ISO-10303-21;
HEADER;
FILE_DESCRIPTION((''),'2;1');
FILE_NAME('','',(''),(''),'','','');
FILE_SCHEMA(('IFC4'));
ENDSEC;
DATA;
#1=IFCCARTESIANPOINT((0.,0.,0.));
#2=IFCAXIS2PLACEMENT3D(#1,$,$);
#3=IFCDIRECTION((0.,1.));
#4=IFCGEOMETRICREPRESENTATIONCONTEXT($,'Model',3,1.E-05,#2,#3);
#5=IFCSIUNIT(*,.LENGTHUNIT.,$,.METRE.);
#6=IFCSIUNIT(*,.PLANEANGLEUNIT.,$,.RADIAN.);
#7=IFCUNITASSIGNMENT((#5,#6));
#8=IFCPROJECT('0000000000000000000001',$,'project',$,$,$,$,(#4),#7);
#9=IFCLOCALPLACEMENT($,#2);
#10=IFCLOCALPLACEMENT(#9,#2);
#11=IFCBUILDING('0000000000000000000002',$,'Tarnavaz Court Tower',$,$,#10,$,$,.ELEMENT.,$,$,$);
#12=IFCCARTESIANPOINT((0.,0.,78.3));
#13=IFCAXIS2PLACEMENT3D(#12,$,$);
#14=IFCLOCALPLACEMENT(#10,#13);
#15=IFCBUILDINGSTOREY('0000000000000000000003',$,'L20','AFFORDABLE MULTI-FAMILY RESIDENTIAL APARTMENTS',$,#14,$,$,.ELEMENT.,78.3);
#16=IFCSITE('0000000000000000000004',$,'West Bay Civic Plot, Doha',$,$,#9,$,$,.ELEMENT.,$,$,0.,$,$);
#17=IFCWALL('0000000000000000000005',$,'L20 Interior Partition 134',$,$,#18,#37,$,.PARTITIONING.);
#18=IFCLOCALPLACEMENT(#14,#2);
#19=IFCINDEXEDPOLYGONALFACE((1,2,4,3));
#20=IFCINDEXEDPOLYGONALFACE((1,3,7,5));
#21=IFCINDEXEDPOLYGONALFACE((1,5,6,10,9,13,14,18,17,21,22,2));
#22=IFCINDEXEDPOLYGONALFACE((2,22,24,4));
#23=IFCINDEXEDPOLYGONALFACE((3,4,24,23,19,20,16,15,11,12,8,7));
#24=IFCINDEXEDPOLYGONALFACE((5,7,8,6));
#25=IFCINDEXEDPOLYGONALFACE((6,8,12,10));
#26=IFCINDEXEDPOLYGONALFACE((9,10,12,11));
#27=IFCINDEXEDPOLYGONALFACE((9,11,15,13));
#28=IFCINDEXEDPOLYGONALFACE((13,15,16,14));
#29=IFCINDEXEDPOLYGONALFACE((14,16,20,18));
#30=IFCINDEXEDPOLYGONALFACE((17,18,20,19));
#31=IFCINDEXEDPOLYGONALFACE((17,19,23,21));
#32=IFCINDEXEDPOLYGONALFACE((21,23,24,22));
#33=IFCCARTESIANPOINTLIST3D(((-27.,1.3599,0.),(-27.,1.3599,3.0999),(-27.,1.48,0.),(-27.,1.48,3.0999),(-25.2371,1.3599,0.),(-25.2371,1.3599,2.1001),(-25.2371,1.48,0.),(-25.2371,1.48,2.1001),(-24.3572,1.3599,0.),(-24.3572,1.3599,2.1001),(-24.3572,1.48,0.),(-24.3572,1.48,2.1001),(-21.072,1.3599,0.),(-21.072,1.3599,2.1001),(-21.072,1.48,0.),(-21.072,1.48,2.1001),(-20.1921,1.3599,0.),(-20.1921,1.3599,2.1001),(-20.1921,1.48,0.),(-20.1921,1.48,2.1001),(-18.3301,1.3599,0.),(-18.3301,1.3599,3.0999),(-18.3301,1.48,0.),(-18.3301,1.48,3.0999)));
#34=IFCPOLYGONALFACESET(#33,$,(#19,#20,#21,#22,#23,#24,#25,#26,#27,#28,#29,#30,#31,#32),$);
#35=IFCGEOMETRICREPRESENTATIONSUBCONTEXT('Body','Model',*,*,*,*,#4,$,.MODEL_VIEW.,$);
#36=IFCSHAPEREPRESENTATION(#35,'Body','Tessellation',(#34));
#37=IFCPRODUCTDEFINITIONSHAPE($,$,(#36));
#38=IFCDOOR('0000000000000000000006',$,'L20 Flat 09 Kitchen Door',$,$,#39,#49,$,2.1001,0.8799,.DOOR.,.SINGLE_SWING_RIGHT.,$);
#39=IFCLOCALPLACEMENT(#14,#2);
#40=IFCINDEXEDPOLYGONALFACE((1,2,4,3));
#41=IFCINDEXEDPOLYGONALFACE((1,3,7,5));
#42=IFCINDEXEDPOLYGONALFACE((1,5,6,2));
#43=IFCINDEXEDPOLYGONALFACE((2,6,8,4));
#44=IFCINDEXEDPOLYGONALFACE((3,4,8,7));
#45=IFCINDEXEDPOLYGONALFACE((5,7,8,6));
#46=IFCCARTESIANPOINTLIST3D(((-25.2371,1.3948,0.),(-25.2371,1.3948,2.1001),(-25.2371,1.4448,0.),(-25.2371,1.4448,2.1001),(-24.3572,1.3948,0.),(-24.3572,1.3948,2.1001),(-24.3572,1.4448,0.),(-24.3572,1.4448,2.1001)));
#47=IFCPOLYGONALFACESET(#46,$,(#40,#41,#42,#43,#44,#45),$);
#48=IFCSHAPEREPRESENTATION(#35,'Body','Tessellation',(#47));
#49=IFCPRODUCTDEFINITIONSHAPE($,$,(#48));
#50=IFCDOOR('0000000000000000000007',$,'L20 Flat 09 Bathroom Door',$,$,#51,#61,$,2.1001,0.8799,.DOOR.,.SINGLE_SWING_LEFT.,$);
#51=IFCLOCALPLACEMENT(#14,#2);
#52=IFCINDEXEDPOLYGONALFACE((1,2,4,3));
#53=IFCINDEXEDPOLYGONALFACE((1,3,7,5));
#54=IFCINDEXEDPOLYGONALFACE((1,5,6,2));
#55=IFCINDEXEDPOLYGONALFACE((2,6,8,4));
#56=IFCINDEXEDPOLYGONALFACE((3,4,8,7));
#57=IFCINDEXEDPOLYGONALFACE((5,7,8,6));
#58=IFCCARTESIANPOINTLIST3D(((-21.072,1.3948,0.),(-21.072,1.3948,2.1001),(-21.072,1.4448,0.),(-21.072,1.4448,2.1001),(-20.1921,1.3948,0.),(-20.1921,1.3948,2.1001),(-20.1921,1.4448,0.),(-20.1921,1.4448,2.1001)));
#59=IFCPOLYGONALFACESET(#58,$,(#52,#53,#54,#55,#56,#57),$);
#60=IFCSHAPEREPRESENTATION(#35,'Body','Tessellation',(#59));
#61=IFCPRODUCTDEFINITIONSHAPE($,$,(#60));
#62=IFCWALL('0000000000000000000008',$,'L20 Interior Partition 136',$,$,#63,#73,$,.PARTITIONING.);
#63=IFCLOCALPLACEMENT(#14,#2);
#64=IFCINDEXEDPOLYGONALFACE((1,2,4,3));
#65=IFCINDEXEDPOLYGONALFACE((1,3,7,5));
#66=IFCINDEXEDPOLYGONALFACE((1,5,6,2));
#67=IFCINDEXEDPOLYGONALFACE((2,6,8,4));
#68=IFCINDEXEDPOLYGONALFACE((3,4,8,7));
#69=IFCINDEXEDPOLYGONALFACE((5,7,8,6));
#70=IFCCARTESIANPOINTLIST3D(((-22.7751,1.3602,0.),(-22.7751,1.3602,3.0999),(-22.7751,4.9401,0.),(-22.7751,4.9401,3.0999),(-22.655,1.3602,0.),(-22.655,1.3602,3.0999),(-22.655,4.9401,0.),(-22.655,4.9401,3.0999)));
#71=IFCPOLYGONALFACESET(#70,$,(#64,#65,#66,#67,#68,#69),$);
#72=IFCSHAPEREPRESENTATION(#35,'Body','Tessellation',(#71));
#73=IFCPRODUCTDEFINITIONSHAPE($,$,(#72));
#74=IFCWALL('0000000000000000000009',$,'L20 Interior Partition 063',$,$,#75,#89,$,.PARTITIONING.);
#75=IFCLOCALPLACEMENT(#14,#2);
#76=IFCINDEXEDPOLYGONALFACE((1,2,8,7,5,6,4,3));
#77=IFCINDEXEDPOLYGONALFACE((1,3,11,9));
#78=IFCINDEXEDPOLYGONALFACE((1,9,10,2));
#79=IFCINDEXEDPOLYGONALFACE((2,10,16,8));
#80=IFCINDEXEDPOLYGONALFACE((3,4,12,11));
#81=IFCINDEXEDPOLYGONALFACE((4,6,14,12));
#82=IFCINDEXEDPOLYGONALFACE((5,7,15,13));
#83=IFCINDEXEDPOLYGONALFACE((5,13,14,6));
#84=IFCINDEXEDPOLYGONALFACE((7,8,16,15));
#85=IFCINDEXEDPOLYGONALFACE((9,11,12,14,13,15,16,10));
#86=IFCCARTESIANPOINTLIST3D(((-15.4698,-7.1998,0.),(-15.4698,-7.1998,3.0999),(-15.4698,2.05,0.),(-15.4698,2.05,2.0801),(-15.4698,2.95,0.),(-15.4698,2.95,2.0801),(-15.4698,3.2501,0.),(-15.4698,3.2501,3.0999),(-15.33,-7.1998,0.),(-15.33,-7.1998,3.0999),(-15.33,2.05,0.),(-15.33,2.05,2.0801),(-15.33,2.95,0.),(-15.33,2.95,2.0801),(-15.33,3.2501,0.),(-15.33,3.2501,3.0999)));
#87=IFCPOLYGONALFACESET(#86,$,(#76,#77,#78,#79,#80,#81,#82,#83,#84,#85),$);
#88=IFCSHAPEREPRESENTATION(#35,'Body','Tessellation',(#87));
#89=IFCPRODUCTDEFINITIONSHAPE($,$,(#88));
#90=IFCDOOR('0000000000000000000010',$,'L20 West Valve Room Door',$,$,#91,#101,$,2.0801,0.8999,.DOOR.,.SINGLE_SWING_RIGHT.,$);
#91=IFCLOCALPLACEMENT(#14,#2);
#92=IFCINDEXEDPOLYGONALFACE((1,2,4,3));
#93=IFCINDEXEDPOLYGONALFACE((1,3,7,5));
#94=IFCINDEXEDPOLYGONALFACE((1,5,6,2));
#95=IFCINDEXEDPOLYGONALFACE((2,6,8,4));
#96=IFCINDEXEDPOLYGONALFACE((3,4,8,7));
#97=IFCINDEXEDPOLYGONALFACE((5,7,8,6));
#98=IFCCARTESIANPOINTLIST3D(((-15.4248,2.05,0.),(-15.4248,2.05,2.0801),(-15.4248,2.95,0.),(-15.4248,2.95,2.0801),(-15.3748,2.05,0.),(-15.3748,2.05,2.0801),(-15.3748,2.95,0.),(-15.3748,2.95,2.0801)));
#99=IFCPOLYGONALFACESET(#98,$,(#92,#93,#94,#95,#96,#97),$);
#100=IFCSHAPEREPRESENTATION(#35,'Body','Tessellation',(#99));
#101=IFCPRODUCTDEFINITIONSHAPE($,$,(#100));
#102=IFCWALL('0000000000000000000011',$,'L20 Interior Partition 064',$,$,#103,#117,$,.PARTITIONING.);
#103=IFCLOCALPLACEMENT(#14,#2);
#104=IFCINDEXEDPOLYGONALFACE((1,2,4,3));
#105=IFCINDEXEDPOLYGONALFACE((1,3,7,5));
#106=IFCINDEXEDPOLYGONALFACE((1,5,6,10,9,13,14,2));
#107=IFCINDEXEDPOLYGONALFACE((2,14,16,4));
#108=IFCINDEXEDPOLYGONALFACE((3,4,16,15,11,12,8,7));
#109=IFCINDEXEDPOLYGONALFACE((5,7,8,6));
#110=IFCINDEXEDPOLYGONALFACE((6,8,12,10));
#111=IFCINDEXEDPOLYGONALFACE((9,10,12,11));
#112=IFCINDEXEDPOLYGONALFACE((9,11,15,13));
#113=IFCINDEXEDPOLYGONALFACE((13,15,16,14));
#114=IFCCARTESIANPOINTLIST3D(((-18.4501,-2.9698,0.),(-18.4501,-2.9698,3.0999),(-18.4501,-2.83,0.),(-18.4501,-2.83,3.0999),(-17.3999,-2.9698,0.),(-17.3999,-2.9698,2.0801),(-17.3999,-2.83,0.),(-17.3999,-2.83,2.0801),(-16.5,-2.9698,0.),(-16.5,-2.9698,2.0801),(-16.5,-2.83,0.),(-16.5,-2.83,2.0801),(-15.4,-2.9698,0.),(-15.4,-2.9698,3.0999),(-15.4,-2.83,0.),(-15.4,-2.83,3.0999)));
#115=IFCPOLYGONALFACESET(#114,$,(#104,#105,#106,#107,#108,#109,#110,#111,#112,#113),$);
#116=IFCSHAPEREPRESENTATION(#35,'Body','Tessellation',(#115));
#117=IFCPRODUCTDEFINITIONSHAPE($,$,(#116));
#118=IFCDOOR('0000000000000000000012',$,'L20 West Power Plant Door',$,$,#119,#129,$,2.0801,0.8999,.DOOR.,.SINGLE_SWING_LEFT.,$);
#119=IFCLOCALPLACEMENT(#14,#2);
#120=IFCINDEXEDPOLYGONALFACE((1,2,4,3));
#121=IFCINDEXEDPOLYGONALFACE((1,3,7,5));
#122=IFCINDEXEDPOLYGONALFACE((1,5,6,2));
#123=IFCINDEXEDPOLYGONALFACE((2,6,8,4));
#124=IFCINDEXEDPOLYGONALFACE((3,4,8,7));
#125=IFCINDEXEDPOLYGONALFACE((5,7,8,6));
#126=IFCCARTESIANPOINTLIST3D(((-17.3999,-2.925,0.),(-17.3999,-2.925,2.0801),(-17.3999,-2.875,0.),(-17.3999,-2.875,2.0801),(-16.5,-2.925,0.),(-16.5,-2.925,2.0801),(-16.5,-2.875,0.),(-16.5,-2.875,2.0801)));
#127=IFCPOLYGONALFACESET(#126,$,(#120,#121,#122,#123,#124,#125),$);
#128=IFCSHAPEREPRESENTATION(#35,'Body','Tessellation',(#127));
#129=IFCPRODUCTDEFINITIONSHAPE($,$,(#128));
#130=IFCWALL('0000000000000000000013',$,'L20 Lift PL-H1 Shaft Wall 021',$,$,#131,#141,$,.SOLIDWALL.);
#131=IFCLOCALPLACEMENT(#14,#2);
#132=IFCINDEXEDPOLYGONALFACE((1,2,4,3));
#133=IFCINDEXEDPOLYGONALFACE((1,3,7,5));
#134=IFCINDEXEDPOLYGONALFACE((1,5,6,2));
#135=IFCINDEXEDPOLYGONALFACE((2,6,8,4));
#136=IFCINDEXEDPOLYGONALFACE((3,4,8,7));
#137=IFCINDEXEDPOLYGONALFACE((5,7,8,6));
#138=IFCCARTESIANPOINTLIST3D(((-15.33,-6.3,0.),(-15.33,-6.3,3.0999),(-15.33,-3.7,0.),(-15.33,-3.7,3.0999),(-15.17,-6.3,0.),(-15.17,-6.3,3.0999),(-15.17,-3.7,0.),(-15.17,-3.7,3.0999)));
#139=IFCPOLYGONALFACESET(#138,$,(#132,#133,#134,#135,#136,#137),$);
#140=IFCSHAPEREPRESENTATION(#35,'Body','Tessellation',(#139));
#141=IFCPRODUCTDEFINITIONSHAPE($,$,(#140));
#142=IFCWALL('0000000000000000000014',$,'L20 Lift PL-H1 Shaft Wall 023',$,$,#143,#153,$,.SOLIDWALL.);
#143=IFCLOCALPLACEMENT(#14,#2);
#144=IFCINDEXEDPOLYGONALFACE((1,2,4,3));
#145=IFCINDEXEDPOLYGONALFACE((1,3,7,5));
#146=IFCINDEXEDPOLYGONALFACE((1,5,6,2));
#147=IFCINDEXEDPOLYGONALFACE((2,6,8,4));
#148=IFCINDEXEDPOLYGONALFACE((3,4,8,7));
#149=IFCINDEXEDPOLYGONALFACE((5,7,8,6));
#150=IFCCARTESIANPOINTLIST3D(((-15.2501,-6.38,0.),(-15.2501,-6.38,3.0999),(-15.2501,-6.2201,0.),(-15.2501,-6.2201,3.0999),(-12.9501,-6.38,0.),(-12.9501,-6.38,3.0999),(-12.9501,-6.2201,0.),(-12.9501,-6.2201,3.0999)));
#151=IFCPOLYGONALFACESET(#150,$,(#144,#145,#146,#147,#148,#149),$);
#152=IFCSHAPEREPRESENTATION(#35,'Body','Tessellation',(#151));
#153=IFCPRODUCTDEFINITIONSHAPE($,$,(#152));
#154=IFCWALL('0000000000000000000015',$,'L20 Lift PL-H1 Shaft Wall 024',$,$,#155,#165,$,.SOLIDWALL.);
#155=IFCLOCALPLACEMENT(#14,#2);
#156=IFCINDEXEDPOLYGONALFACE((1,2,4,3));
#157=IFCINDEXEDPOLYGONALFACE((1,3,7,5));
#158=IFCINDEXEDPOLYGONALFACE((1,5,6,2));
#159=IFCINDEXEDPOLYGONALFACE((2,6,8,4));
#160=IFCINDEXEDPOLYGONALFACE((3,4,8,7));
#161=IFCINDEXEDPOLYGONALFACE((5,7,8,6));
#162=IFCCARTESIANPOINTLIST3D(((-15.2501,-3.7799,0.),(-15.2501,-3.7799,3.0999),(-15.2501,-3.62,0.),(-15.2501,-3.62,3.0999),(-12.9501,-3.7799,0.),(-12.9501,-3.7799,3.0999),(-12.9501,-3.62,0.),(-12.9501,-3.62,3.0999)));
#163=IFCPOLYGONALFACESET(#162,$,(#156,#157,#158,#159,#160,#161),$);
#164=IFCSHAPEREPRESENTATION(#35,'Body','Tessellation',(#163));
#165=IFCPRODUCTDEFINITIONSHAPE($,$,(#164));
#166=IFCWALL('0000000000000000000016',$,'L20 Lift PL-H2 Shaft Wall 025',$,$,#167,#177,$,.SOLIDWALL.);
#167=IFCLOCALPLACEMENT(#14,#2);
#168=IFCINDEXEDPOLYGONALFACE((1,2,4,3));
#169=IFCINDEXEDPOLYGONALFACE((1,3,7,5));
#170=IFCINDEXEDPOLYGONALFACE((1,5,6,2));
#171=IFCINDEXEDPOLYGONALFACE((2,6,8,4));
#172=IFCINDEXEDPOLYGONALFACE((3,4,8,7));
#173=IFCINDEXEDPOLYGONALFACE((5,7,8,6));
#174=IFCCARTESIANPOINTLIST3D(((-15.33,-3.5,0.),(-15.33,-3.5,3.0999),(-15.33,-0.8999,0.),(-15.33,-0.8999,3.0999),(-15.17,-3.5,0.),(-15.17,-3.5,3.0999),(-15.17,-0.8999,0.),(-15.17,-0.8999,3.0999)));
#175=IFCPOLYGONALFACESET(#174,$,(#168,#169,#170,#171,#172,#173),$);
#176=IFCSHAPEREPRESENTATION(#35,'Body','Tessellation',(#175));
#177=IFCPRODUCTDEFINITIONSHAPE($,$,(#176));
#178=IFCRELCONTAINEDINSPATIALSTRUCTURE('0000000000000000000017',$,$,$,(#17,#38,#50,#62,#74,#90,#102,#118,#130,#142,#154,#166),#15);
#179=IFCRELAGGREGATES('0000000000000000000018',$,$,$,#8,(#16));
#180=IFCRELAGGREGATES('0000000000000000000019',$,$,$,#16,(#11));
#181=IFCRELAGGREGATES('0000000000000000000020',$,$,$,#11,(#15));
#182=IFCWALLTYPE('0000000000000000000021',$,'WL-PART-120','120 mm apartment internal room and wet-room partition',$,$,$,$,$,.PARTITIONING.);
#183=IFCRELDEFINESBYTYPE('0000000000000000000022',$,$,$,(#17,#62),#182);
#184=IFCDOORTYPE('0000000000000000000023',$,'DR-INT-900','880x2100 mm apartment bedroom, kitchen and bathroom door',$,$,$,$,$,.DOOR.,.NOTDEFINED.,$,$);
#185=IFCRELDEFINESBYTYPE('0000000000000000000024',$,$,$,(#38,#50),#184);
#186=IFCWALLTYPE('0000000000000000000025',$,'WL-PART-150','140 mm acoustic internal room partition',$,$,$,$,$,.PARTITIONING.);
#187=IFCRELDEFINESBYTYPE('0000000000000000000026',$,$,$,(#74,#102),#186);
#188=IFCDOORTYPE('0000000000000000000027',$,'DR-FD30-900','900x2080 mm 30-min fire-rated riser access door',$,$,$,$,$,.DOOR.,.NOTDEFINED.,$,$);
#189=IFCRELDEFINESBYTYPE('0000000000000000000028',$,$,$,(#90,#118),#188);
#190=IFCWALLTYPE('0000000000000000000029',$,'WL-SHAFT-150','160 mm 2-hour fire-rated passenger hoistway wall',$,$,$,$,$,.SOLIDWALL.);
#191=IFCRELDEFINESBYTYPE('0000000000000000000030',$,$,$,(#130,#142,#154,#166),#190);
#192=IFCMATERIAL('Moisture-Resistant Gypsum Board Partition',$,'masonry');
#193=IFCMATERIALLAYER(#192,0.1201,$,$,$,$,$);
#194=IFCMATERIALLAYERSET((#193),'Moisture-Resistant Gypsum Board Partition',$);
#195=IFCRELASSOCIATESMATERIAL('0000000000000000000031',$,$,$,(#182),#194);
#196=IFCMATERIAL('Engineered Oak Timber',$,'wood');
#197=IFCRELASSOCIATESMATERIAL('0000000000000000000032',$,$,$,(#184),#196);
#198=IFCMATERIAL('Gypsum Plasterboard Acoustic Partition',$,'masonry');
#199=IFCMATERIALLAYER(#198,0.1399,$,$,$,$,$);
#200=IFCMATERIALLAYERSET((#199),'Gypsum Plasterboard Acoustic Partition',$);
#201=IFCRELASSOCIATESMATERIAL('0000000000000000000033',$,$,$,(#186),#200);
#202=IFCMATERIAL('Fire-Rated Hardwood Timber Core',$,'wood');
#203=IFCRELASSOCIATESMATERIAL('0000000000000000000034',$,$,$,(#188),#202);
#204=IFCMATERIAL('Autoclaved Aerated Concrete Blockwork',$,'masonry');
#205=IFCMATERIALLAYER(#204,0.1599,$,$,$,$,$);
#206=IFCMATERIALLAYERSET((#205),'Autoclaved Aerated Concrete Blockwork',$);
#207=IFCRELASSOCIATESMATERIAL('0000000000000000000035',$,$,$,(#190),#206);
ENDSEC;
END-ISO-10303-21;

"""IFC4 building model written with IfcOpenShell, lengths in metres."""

from ifc_helpers import new_model, si_unit, direction, frame, frame_2d, origin, place, context, subcontext, project, spatial, rectangle, extrude, material, layer, layer_set, type_object, element, fill, save


model = new_model("IFC4")

# Units and contexts
model_context = context("Model", 3, precision=1e-05, world=origin(), true_north=direction((0.0, 1.0)))
body_context = subcontext(model_context, "Body", "Model", "MODEL_VIEW")
ifc_project = project(units=[si_unit("LENGTHUNIT", "METRE"), si_unit("PLANEANGLEUNIT", "RADIAN")], contexts=[model_context])

# Site, building, storey
site_placement = place(None, origin())
site = spatial("IfcSite", under=ifc_project, at=site_placement, Name="West Bay Civic Plot, Doha", CompositionType="ELEMENT", RefElevation=0.0)
building_placement = place(site_placement, origin())
building = spatial("IfcBuilding", under=site, at=building_placement, Name="Tarnavaz Court Tower", CompositionType="ELEMENT")
storey_placement = place(building_placement, frame((0.0, 0.0, 78.3)))
storey = spatial("IfcBuildingStorey", under=building, at=storey_placement, Name="L20", Description="AFFORDABLE MULTI-FAMILY RESIDENTIAL APARTMENTS", CompositionType="ELEMENT", Elevation=78.3)

# Shared definitions
ifc_material_1 = material(Name="Fire-Rated Hardwood Timber Core", Category="wood")

# Wall, openings, doors
ifc_material_2 = material(Name="Moisture-Resistant Gypsum Board Partition", Category="masonry")
ifc_layer_1 = layer(ifc_material_2, 0.1201)
ifc_layer_set_1 = layer_set([ifc_layer_1], Name="Moisture-Resistant Gypsum Board Partition")
wall_type_1 = type_object("IfcWallType", Name="WL-PART-120", Description="120 mm apartment internal room and wet-room partition", PredefinedType="PARTITIONING", material=ifc_layer_set_1)
wall_1_placement = place(storey_placement, frame((-27.0, 1.4199, 0.0), z_axis=(0.0, 0.0, 1.0), x_axis=(1.0, 0.0, 0.0)))
wall_1 = element("IfcWall", 1, at=wall_1_placement, inside=storey, type_object=wall_type_1, Name="L20 Interior Partition 134", PredefinedType="PARTITIONING", context=body_context, shape_type="SweptSolid", body=[
    extrude(rectangle(XDim=8.6699, YDim=0.1201, at=frame_2d((4.335, 0.0))), origin(), (0.0, 0.0, 1.0), 3.0999),
])
opening_1_placement = place(wall_1_placement, frame((1.7629, 0.0, 0.0)))
opening_1 = element("IfcOpeningElement", 2, at=opening_1_placement, cuts=wall_1, PredefinedType="OPENING", context=body_context, shape_type="SweptSolid", body=[
    extrude(rectangle(XDim=0.8799, YDim=2.1001, at=frame_2d((0.4399, 1.05))), frame((0.0, 0.0701, 0.0), z_axis=(0.0, -1.0, 0.0), x_axis=(1.0, 0.0, 0.0)), (0.0, 0.0, 1.0), 0.1401),
])
opening_2_placement = place(wall_1_placement, frame((5.928, 0.0, 0.0)))
opening_2 = element("IfcOpeningElement", 3, at=opening_2_placement, cuts=wall_1, PredefinedType="OPENING", context=body_context, shape_type="SweptSolid", body=[
    extrude(rectangle(XDim=0.8799, YDim=2.1001, at=frame_2d((0.4399, 1.05))), frame((0.0, 0.0701, 0.0), z_axis=(0.0, -1.0, 0.0), x_axis=(1.0, 0.0, 0.0)), (0.0, 0.0, 1.0), 0.1401),
])
ifc_material_3 = material(Name="Engineered Oak Timber", Category="wood")
door_type_1 = type_object("IfcDoorType", Name="DR-INT-900", Description="880x2100 mm apartment bedroom, kitchen and bathroom door", OperationType="NOTDEFINED", PredefinedType="DOOR", material=ifc_material_3)
door_1_placement = place(opening_1_placement, origin())
door_1 = element("IfcDoor", 4, at=door_1_placement, inside=storey, type_object=door_type_1, Name="L20 Flat 09 Kitchen Door", OperationType="SINGLE_SWING_RIGHT", OverallHeight=2.1001, OverallWidth=0.8799, PredefinedType="DOOR", context=body_context, shape_type="SweptSolid", body=[
    extrude(rectangle(XDim=0.8799, YDim=2.1001, at=frame_2d((0.4399, 1.05))), frame((0.0, 0.0249, 0.0), z_axis=(0.0, -1.0, 0.0), x_axis=(1.0, 0.0, 0.0)), (0.0, 0.0, 1.0), 0.05),
])
fill(opening_1, door_1)
door_2_placement = place(opening_2_placement, origin())
door_2 = element("IfcDoor", 5, at=door_2_placement, inside=storey, type_object=door_type_1, Name="L20 Flat 09 Bathroom Door", OperationType="SINGLE_SWING_LEFT", OverallHeight=2.1001, OverallWidth=0.8799, PredefinedType="DOOR", context=body_context, shape_type="SweptSolid", body=[
    extrude(rectangle(XDim=0.8799, YDim=2.1001, at=frame_2d((0.4399, 1.05))), frame((0.0, 0.0249, 0.0), z_axis=(0.0, -1.0, 0.0), x_axis=(1.0, 0.0, 0.0)), (0.0, 0.0, 1.0), 0.05),
])
fill(opening_2, door_2)

# Wall
wall_2_placement = place(storey_placement, frame((-22.7151, 1.3601, 0.0), z_axis=(0.0, 0.0, 1.0), x_axis=(0.0, 1.0, 0.0)))
element("IfcWall", 6, at=wall_2_placement, inside=storey, type_object=wall_type_1, Name="L20 Interior Partition 136", PredefinedType="PARTITIONING", context=body_context, shape_type="SweptSolid", body=[
    extrude(rectangle(XDim=3.5798, YDim=0.1201, at=frame_2d((1.79, 0.0))), origin(), (0.0, 0.0, 1.0), 3.0999),
])

# Walls, openings, doors
ifc_material_4 = material(Name="Gypsum Plasterboard Acoustic Partition", Category="masonry")
ifc_layer_2 = layer(ifc_material_4, 0.1399)
ifc_layer_set_2 = layer_set([ifc_layer_2], Name="Gypsum Plasterboard Acoustic Partition")
wall_type_2 = type_object("IfcWallType", Name="WL-PART-150", Description="140 mm acoustic internal room partition", PredefinedType="PARTITIONING", material=ifc_layer_set_2)
wall_3_placement = place(storey_placement, frame((-15.3999, -7.2, 0.0), z_axis=(0.0, 0.0, 1.0), x_axis=(0.0, 1.0, 0.0)))
wall_3 = element("IfcWall", 7, at=wall_3_placement, inside=storey, type_object=wall_type_2, Name="L20 Interior Partition 063", PredefinedType="PARTITIONING", context=body_context, shape_type="SweptSolid", body=[
    extrude(rectangle(XDim=10.45, YDim=0.1399, at=frame_2d((5.2251, 0.0))), origin(), (0.0, 0.0, 1.0), 3.0999),
])
opening_3_placement = place(wall_3_placement, frame((9.25, 0.0, 0.0)))
opening_3 = element("IfcOpeningElement", 8, at=opening_3_placement, cuts=wall_3, PredefinedType="OPENING", context=body_context, shape_type="SweptSolid", body=[
    extrude(rectangle(XDim=0.8999, YDim=2.0801, at=frame_2d((0.45, 1.04))), frame((0.0, 0.0798, 0.0), z_axis=(0.0, -1.0, 0.0), x_axis=(1.0, 0.0, 0.0)), (0.0, 0.0, 1.0), 0.1599),
])
door_type_2 = type_object("IfcDoorType", Name="DR-FD30-900", Description="900x2080 mm 30-min fire-rated riser access door", OperationType="NOTDEFINED", PredefinedType="DOOR", material=ifc_material_1)
door_3_placement = place(opening_3_placement, origin())
door_3 = element("IfcDoor", 9, at=door_3_placement, inside=storey, type_object=door_type_2, Name="L20 West Valve Room Door", OperationType="SINGLE_SWING_RIGHT", OverallHeight=2.0801, OverallWidth=0.8999, PredefinedType="DOOR", context=body_context, shape_type="SweptSolid", body=[
    extrude(rectangle(XDim=0.8999, YDim=2.0801, at=frame_2d((0.45, 1.04))), frame((0.0, 0.0249, 0.0), z_axis=(0.0, -1.0, 0.0), x_axis=(1.0, 0.0, 0.0)), (0.0, 0.0, 1.0), 0.05),
])
fill(opening_3, door_3)
wall_4_placement = place(storey_placement, frame((-18.45, -2.8999, 0.0), z_axis=(0.0, 0.0, 1.0), x_axis=(1.0, 0.0, 0.0)))
wall_4 = element("IfcWall", 10, at=wall_4_placement, inside=storey, type_object=wall_type_2, Name="L20 Interior Partition 064", PredefinedType="PARTITIONING", context=body_context, shape_type="SweptSolid", body=[
    extrude(rectangle(XDim=3.05, YDim=0.1399, at=frame_2d((1.5249, 0.0))), origin(), (0.0, 0.0, 1.0), 3.0999),
])
opening_4_placement = place(wall_4_placement, frame((1.05, 0.0, 0.0)))
opening_4 = element("IfcOpeningElement", 11, at=opening_4_placement, cuts=wall_4, PredefinedType="OPENING", context=body_context, shape_type="SweptSolid", body=[
    extrude(rectangle(XDim=0.8999, YDim=2.0801, at=frame_2d((0.45, 1.04))), frame((0.0, 0.0798, 0.0), z_axis=(0.0, -1.0, 0.0), x_axis=(1.0, 0.0, 0.0)), (0.0, 0.0, 1.0), 0.1599),
])
door_4_placement = place(opening_4_placement, origin())
door_4 = element("IfcDoor", 12, at=door_4_placement, inside=storey, type_object=door_type_2, Name="L20 West Power Plant Door", OperationType="SINGLE_SWING_LEFT", OverallHeight=2.0801, OverallWidth=0.8999, PredefinedType="DOOR", context=body_context, shape_type="SweptSolid", body=[
    extrude(rectangle(XDim=0.8999, YDim=2.0801, at=frame_2d((0.45, 1.04))), frame((0.0, 0.0249, 0.0), z_axis=(0.0, -1.0, 0.0), x_axis=(1.0, 0.0, 0.0)), (0.0, 0.0, 1.0), 0.05),
])
fill(opening_4, door_4)

# Walls
ifc_material_5 = material(Name="Autoclaved Aerated Concrete Blockwork", Category="masonry")
ifc_layer_3 = layer(ifc_material_5, 0.1599)
ifc_layer_set_3 = layer_set([ifc_layer_3], Name="Autoclaved Aerated Concrete Blockwork")
wall_type_3 = type_object("IfcWallType", Name="WL-SHAFT-150", Description="160 mm 2-hour fire-rated passenger hoistway wall", PredefinedType="SOLIDWALL", material=ifc_layer_set_3)
wall_5_placement = place(storey_placement, frame((-15.25, -6.3, 0.0), z_axis=(0.0, 0.0, 1.0), x_axis=(0.0, 1.0, 0.0)))
element("IfcWall", 13, at=wall_5_placement, inside=storey, type_object=wall_type_3, Name="L20 Lift PL-H1 Shaft Wall 021", PredefinedType="SOLIDWALL", context=body_context, shape_type="SweptSolid", body=[
    extrude(rectangle(XDim=2.6001, YDim=0.1599, at=frame_2d((1.3, 0.0))), origin(), (0.0, 0.0, 1.0), 3.0999),
])
for number, where, z_axis, x_axis, name in (
    (14, (-15.25, -6.3, 0.0), (0.0, 0.0, 1.0), (1.0, 0.0, 0.0), "L20 Lift PL-H1 Shaft Wall 023"),
    (15, (-15.25, -3.7, 0.0), (0.0, 0.0, 1.0), (1.0, 0.0, 0.0), "L20 Lift PL-H1 Shaft Wall 024"),
):
    element("IfcWall", number, at=place(storey_placement, frame(where, z_axis=z_axis, x_axis=x_axis)), inside=storey, type_object=wall_type_3, Name=name, PredefinedType="SOLIDWALL", context=body_context, shape_type="SweptSolid", body=[
        extrude(rectangle(XDim=2.3, YDim=0.1599, at=frame_2d((1.1499, 0.0))), origin(), (0.0, 0.0, 1.0), 3.0999),
    ])
wall_6_placement = place(storey_placement, frame((-15.25, -3.5, 0.0), z_axis=(0.0, 0.0, 1.0), x_axis=(0.0, 1.0, 0.0)))
element("IfcWall", 16, at=wall_6_placement, inside=storey, type_object=wall_type_3, Name="L20 Lift PL-H2 Shaft Wall 025", PredefinedType="SOLIDWALL", context=body_context, shape_type="SweptSolid", body=[
    extrude(rectangle(XDim=2.6001, YDim=0.1599, at=frame_2d((1.3, 0.0))), origin(), (0.0, 0.0, 1.0), 3.0999),
])

save(model, "model.ifc")
